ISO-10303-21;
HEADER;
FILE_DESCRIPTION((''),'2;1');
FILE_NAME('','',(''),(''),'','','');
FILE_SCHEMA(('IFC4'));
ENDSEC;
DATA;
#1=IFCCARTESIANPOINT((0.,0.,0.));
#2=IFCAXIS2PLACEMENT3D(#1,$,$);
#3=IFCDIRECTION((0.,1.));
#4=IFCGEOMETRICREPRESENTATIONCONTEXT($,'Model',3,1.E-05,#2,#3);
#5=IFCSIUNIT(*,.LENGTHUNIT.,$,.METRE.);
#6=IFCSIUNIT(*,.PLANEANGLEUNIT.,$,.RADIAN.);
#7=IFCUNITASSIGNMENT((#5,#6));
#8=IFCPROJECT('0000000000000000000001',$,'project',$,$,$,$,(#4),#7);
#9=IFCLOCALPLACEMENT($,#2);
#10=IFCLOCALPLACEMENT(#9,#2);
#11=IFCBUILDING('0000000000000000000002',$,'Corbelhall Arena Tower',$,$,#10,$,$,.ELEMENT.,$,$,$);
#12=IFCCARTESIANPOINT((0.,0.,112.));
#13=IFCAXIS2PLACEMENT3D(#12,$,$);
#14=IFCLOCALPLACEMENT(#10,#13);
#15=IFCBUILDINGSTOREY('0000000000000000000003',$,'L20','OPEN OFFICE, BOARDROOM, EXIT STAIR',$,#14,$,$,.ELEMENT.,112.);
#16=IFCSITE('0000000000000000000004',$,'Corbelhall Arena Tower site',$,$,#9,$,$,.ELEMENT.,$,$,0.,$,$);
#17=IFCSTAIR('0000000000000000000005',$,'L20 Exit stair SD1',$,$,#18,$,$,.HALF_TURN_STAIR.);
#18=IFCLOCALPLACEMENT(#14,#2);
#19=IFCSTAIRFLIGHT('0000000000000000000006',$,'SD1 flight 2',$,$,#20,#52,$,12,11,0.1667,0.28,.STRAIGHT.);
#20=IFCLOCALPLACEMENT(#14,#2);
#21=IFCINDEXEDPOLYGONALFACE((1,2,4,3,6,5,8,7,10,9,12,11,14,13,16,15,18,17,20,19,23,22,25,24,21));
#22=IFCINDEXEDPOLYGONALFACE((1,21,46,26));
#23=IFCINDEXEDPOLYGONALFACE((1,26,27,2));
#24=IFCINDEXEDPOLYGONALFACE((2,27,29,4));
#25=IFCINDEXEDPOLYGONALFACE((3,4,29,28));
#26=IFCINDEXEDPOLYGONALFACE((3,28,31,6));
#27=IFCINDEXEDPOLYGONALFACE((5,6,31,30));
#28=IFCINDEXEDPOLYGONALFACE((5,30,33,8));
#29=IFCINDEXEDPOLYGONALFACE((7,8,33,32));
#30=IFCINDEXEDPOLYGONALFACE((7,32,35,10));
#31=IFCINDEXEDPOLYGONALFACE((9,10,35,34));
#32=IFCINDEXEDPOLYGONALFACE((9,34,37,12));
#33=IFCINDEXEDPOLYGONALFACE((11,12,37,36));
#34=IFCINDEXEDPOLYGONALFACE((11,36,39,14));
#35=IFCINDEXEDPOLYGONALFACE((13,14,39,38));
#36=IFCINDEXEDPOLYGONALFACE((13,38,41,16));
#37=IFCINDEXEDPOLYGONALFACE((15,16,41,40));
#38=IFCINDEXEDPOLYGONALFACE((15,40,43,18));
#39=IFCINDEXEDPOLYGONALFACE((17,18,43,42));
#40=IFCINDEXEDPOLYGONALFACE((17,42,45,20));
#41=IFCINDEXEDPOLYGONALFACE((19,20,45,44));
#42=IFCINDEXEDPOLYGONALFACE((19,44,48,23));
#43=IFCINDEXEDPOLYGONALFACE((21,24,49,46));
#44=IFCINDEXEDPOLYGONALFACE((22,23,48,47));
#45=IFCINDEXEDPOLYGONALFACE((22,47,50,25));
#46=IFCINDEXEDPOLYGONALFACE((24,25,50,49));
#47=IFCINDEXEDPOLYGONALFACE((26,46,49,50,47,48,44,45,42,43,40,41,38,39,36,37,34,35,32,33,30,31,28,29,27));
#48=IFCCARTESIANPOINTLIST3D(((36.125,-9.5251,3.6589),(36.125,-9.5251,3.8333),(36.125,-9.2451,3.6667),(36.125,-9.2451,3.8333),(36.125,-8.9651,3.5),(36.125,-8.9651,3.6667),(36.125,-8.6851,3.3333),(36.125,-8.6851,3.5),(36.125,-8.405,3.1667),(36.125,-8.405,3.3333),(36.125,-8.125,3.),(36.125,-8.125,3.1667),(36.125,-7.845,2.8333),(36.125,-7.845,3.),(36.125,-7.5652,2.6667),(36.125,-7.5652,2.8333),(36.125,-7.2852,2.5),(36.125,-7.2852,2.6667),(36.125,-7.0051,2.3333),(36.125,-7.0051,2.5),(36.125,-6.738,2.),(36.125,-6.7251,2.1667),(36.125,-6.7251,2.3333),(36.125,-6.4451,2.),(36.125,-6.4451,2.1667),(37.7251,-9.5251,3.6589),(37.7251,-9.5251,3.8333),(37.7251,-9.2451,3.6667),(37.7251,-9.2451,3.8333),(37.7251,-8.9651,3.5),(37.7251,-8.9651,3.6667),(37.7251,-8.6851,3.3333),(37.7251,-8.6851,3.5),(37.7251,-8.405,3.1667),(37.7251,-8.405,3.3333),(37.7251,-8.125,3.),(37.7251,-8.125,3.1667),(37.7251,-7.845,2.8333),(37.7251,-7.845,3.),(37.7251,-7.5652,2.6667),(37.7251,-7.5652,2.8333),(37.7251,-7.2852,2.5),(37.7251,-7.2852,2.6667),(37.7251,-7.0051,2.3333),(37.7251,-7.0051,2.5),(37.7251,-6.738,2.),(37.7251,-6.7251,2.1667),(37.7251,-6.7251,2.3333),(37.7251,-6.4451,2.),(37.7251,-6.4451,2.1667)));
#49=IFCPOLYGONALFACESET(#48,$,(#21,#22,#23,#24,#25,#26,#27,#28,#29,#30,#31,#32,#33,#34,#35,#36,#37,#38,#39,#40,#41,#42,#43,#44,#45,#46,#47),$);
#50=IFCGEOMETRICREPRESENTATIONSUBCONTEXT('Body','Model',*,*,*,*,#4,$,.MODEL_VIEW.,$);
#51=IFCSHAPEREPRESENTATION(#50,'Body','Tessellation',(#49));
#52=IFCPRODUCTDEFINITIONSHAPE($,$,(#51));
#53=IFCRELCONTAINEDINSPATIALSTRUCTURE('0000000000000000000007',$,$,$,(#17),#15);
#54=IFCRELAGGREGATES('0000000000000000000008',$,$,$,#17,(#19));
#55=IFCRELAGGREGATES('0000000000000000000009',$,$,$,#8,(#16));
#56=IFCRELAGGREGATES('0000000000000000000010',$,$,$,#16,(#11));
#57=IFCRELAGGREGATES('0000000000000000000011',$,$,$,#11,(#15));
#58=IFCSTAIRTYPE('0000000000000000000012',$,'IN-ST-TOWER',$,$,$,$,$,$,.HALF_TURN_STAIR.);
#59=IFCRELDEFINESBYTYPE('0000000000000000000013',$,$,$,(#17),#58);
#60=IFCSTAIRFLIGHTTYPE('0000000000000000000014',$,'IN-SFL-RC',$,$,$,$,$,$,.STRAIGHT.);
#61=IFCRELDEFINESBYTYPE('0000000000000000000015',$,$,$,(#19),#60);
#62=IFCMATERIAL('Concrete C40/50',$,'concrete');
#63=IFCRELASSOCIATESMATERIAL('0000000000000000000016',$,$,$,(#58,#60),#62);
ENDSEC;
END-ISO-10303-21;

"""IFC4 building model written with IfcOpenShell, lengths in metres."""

from ifc_helpers import new_model, si_unit, direction, frame, origin, place, context, subcontext, project, spatial, polyline, outline, extrude, material, type_object, element, aggregate, save


model = new_model("IFC4")

# Units and contexts
model_context = context("Model", 3, precision=1e-05, world=origin(), true_north=direction((0.0, 1.0)))
body_context = subcontext(model_context, "Body", "Model", "MODEL_VIEW")
ifc_project = project(units=[si_unit("LENGTHUNIT", "METRE"), si_unit("PLANEANGLEUNIT", "RADIAN")], contexts=[model_context])

# Site, building, storey
site_placement = place(None, origin())
site = spatial("IfcSite", under=ifc_project, at=site_placement, Name="Corbelhall Arena Tower site", CompositionType="ELEMENT", RefElevation=0.0)
building_placement = place(site_placement, origin())
building = spatial("IfcBuilding", under=site, at=building_placement, Name="Corbelhall Arena Tower", CompositionType="ELEMENT")
storey_placement = place(building_placement, frame((0.0, 0.0, 112.0)))
storey = spatial("IfcBuildingStorey", under=building, at=storey_placement, Name="L20", Description="OPEN OFFICE, BOARDROOM, EXIT STAIR", CompositionType="ELEMENT", Elevation=112.0)

# Shared definitions
ifc_material_1 = material(Name="Concrete C40/50", Category="concrete")

# Stair, stair flight
stair_type = type_object("IfcStairType", Name="IN-ST-TOWER", PredefinedType="HALF_TURN_STAIR", material=ifc_material_1)
stair_placement = place(storey_placement, origin())
stair = element("IfcStair", 1, at=stair_placement, inside=storey, type_object=stair_type, Name="L20 Exit stair SD1", PredefinedType="HALF_TURN_STAIR")
stair_flight_type = type_object("IfcStairFlightType", Name="IN-SFL-RC", PredefinedType="STRAIGHT", material=ifc_material_1)
stair_flight_1_placement = place(storey_placement, frame((36.925, -6.4451, 2.0), z_axis=(0.0, 0.0, 1.0), x_axis=(0.0, -1.0, 0.0)))
stair_flight_1 = element("IfcStairFlight", 2, at=stair_flight_1_placement, type_object=stair_flight_type, Name="SD1 flight 2", NumberOfRisers=12, NumberOfTreads=11, PredefinedType="STRAIGHT", RiserHeight=0.1667, TreadLength=0.28, context=body_context, shape_type="SweptSolid", body=[
    extrude(outline(polyline([(0.0, 0.0), (0.0, 0.1667), (0.28, 0.1667), (0.28, 0.3333), (0.5601, 0.3333), (0.5601, 0.5), (0.8401, 0.5), (0.8401, 0.6667), (1.1201, 0.6667), (1.1201, 0.8333), (1.3999, 0.8333), (1.3999, 1.0), (1.6799, 1.0), (1.6799, 1.1667), (1.96, 1.1667), (1.96, 1.3333), (2.24, 1.3333), (2.24, 1.5), (2.52, 1.5), (2.52, 1.6667), (2.8, 1.6667), (2.8, 1.8333), (3.0801, 1.8333), (3.0801, 2.0), (3.0801, 1.6589), (0.293, 0.0), (0.0, 0.0)])), frame((0.0, 0.8, 0.0), z_axis=(0.0, -1.0, 0.0), x_axis=(1.0, 0.0, 0.0)), (0.0, 0.0, 1.0), 1.6001),
])
aggregate(stair, [stair_flight_1])

save(model, "model.ifc")
